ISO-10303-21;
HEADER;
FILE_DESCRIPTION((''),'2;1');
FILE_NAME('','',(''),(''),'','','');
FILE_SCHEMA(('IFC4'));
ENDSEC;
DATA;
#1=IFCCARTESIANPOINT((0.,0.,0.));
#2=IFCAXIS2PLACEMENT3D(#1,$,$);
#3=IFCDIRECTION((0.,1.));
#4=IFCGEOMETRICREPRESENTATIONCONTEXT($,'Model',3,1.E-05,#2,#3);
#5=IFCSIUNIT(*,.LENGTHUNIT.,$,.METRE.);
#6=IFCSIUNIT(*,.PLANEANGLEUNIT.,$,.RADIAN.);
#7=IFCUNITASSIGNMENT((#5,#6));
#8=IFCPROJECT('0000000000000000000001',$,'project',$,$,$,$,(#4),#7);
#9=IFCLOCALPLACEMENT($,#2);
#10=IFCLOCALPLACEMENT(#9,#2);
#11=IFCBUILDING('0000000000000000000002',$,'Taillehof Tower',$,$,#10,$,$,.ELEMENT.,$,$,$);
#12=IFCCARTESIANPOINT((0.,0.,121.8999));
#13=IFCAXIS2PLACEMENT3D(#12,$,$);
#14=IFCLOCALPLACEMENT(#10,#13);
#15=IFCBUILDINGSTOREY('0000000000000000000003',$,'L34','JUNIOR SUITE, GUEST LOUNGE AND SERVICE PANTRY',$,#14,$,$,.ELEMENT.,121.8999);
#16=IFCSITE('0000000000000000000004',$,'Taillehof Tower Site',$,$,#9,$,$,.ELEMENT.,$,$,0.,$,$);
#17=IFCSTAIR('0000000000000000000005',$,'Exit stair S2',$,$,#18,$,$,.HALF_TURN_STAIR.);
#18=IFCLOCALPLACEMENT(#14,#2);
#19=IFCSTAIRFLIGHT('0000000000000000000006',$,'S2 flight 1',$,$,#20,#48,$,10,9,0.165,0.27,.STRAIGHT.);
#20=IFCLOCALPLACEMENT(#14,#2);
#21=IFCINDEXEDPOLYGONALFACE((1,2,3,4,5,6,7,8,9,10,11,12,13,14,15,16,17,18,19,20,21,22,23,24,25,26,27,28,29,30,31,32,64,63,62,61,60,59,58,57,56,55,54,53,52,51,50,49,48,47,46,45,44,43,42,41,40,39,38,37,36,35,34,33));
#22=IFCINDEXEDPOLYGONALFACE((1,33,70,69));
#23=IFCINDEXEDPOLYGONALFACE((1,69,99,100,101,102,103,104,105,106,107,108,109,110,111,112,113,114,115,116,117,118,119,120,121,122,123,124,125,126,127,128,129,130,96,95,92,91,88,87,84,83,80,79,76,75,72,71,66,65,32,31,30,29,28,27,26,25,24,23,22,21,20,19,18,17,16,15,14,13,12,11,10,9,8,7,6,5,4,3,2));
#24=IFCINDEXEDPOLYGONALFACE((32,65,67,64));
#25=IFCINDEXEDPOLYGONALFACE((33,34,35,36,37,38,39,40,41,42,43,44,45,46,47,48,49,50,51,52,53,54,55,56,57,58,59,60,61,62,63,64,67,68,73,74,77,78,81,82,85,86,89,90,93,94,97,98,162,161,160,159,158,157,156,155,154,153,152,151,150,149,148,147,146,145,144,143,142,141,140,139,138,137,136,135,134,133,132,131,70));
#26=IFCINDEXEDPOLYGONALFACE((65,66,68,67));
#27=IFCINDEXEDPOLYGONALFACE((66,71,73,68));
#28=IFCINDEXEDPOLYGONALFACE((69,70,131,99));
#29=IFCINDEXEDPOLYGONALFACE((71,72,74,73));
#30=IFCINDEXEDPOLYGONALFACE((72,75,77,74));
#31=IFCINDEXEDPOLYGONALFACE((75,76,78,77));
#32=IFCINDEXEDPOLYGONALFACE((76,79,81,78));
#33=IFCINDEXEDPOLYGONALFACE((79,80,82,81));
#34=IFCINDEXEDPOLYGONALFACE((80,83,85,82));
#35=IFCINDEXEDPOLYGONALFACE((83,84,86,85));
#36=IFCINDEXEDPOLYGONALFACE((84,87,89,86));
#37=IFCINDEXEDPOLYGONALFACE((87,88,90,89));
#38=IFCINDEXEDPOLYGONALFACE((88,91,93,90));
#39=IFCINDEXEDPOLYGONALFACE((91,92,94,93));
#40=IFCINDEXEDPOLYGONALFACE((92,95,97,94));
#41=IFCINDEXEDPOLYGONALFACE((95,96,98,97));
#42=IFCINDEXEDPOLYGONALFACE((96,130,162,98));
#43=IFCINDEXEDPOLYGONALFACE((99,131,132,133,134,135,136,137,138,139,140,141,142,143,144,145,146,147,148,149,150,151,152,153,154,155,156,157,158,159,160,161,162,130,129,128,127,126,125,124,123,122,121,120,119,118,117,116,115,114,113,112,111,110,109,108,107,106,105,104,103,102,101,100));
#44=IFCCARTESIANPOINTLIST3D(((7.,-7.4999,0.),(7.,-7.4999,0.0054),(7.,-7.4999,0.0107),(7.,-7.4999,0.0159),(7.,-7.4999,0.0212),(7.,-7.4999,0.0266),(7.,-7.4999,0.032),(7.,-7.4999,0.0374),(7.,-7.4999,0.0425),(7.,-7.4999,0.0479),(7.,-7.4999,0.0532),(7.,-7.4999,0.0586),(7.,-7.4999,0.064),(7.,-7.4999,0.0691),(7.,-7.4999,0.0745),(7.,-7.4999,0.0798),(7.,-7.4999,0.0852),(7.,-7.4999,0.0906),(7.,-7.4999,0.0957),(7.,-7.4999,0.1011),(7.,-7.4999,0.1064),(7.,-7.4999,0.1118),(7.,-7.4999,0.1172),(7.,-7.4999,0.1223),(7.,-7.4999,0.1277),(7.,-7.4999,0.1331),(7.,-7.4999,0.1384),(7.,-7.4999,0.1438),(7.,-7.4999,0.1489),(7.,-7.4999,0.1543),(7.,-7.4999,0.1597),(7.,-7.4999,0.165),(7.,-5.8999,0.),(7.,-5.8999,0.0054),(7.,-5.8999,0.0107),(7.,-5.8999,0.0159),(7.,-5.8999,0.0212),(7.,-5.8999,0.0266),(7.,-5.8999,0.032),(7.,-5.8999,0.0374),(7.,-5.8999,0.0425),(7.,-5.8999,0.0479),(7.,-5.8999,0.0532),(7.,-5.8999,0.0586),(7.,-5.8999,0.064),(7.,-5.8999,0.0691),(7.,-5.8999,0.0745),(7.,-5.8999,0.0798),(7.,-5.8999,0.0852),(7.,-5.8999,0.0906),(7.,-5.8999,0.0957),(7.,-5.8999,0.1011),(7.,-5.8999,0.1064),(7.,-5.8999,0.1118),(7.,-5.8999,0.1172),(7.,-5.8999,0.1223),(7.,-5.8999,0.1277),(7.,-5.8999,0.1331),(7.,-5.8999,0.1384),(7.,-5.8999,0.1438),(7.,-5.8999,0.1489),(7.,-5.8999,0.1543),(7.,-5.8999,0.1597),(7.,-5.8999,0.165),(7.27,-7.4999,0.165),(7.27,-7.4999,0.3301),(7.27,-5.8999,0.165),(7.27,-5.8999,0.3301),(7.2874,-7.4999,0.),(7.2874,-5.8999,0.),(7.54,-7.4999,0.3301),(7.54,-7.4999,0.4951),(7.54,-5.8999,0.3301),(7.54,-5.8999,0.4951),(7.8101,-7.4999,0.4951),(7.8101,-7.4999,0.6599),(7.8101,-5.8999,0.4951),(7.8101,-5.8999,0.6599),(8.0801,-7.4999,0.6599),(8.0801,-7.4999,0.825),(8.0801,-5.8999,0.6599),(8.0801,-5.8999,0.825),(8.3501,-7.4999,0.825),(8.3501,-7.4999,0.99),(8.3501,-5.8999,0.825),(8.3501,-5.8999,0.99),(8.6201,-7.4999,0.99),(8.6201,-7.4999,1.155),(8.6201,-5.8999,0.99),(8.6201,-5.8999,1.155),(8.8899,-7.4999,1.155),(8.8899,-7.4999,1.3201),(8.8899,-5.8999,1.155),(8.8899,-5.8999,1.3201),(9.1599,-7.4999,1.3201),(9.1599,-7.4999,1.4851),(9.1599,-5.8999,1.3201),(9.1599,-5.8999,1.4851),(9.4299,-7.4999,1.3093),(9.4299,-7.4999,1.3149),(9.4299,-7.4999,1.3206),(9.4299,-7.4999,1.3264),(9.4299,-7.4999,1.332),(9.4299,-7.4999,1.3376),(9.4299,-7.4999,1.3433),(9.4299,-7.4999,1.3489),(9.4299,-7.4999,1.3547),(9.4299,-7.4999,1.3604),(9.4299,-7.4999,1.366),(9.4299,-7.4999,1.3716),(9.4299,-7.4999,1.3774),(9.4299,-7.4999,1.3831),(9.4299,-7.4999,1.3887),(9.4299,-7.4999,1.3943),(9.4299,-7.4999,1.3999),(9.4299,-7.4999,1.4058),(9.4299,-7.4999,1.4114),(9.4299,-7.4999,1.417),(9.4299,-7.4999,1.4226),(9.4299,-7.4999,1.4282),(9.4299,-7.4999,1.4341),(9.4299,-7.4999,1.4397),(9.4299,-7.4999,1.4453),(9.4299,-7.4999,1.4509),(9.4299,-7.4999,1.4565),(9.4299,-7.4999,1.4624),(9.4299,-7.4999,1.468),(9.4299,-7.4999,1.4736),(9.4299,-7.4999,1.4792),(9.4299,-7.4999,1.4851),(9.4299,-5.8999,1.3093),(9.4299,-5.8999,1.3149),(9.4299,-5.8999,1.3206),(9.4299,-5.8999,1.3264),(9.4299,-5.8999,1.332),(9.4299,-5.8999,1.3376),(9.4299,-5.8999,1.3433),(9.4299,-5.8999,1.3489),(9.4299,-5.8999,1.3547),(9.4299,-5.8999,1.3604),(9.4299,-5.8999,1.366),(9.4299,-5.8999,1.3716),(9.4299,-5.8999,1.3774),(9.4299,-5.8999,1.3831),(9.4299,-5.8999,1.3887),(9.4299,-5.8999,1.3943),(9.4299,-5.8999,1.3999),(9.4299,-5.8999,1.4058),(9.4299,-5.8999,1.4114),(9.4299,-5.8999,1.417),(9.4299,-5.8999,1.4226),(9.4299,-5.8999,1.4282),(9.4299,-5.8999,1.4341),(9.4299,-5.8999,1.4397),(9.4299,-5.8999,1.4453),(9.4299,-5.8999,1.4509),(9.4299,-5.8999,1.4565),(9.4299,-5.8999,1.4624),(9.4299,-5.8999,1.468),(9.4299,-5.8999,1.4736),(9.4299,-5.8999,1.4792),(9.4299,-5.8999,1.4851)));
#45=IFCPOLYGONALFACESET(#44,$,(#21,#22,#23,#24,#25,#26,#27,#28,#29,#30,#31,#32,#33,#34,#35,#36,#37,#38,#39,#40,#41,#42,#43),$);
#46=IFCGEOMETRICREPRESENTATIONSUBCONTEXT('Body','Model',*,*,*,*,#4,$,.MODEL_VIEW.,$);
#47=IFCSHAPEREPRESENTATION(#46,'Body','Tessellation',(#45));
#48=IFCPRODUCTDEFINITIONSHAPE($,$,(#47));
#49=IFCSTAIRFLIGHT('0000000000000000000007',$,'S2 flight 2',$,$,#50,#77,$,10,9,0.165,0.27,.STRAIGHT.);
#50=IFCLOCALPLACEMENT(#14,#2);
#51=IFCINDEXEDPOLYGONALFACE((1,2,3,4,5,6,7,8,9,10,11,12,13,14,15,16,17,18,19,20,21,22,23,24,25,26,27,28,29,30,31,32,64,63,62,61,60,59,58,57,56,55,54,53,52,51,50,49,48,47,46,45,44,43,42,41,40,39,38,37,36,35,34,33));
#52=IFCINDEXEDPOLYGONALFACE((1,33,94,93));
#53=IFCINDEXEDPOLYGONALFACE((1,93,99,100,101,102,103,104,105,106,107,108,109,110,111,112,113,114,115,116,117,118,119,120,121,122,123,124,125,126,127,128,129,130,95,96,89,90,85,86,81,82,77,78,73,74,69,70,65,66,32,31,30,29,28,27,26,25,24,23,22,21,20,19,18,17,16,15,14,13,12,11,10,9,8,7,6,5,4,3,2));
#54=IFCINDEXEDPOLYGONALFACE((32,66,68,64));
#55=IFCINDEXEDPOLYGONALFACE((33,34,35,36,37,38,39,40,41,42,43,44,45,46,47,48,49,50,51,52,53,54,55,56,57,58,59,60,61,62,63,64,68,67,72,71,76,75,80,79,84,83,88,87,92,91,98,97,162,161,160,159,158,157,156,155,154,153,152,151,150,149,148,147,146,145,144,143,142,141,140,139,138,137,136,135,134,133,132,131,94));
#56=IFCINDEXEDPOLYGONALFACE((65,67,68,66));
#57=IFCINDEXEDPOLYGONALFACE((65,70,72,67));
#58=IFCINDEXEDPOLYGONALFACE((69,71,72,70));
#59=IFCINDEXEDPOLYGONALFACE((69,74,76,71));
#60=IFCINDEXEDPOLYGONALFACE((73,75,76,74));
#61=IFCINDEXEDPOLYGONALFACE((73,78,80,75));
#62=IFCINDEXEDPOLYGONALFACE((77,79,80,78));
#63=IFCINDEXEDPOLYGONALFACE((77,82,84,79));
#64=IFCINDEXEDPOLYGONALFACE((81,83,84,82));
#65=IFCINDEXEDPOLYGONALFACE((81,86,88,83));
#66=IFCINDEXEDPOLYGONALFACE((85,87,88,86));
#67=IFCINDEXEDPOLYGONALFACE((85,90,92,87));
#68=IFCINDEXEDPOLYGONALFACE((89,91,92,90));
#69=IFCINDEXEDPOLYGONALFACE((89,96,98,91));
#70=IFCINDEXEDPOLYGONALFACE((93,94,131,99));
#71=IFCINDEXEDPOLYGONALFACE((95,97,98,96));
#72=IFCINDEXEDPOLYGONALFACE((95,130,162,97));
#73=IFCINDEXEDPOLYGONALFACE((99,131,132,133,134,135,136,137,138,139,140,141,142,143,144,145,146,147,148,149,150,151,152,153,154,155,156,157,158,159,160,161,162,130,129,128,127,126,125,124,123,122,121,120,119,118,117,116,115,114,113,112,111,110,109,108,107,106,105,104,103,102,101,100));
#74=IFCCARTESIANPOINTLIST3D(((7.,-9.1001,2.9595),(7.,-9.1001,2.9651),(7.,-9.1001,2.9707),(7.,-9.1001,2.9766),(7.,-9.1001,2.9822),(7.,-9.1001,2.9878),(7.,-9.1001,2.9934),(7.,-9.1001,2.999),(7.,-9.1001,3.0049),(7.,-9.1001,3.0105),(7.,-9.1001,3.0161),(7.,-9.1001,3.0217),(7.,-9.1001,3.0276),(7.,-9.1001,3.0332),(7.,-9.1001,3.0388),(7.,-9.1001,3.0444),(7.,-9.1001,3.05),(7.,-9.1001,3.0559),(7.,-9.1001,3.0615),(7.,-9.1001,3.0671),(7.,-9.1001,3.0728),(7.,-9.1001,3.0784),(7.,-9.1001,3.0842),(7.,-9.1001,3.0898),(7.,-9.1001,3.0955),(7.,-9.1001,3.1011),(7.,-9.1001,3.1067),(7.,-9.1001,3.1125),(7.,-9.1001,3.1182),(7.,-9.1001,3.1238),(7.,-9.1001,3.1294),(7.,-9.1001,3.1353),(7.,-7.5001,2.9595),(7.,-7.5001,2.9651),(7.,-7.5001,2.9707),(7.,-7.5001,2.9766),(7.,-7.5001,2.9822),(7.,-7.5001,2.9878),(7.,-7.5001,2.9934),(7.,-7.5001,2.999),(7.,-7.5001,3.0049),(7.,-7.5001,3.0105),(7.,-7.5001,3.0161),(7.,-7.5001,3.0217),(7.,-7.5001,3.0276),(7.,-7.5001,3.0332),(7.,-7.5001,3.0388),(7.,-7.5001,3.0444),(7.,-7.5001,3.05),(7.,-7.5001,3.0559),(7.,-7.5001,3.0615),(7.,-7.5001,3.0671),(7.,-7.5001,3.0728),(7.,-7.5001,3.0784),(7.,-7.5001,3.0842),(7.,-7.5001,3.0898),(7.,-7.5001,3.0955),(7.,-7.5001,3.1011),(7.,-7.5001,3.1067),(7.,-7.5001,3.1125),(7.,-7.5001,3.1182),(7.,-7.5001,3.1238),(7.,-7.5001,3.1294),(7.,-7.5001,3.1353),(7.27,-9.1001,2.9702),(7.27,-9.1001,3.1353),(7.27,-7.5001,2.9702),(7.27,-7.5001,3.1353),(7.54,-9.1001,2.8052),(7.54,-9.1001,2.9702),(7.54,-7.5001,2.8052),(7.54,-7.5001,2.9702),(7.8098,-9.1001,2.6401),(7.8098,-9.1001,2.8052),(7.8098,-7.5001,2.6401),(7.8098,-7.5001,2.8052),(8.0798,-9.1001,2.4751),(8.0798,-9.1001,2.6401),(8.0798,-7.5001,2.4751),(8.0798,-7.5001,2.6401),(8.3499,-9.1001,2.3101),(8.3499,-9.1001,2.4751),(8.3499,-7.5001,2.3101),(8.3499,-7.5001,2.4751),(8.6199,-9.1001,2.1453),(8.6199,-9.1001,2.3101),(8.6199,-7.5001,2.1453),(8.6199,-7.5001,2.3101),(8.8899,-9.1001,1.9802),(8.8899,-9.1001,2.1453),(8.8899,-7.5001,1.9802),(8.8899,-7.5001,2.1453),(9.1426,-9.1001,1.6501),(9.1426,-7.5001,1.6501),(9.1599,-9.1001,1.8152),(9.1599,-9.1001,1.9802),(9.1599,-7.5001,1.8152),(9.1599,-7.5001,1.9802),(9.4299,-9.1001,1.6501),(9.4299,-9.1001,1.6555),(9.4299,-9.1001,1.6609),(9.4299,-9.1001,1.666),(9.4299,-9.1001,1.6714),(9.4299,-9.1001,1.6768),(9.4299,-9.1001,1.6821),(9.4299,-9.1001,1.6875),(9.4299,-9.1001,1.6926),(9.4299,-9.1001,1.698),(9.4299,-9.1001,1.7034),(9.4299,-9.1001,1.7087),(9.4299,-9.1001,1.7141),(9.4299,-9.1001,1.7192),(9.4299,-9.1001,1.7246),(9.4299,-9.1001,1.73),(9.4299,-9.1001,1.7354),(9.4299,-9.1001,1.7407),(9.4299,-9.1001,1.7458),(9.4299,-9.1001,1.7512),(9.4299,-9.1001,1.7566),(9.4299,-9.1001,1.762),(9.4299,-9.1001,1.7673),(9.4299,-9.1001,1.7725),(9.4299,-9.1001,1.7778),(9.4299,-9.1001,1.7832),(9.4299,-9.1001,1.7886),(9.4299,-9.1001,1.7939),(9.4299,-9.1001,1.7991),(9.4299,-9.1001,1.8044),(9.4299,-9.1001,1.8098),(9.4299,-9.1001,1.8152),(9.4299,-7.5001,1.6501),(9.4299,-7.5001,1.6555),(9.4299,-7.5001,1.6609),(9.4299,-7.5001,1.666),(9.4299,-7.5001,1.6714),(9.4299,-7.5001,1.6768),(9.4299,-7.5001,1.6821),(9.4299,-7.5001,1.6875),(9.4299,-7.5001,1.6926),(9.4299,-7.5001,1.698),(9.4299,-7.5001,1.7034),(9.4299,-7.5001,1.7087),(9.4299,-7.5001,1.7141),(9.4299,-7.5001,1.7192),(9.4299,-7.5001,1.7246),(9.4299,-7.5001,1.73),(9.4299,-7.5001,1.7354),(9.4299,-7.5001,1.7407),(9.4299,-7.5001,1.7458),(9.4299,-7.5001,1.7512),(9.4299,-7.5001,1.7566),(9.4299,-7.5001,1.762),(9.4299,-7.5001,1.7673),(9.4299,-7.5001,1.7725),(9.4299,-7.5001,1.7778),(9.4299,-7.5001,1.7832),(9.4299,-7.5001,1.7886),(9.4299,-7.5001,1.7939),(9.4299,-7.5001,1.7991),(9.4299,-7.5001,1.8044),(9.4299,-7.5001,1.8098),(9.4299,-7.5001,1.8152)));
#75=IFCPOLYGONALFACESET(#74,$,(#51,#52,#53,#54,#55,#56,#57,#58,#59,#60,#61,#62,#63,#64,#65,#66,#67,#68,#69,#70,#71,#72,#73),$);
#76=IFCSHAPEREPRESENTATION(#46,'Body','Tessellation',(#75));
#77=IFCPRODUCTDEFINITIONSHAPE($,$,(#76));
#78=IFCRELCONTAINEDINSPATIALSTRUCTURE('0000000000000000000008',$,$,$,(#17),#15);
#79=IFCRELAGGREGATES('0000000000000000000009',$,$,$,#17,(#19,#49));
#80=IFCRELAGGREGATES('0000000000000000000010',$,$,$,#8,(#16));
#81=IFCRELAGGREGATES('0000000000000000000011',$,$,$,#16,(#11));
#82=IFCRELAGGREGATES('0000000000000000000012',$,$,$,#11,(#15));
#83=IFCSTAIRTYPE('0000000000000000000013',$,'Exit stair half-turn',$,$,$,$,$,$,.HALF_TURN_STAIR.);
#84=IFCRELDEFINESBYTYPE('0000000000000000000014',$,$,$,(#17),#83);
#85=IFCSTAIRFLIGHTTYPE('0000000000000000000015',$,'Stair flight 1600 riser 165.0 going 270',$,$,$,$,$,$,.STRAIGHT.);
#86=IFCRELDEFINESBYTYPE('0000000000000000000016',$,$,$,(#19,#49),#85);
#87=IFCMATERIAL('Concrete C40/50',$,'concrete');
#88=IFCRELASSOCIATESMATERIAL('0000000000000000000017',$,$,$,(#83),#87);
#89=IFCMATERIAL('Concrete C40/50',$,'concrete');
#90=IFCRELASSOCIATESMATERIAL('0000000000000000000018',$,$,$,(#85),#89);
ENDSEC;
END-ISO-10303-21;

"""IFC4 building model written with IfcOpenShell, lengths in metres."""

from ifc_helpers import new_model, si_unit, direction, frame, origin, place, context, subcontext, project, spatial, polyline, outline, extrude, material, type_object, element, aggregate, save


model = new_model("IFC4")

# Units and contexts
model_context = context("Model", 3, precision=1e-05, world=origin(), true_north=direction((0.0, 1.0)))
body_context = subcontext(model_context, "Body", "Model", "MODEL_VIEW")
ifc_project = project(units=[si_unit("LENGTHUNIT", "METRE"), si_unit("PLANEANGLEUNIT", "RADIAN")], contexts=[model_context])

# Site, building, storey
site_placement = place(None, origin())
site = spatial("IfcSite", under=ifc_project, at=site_placement, Name="Taillehof Tower Site", CompositionType="ELEMENT", RefElevation=0.0)
building_placement = place(site_placement, origin())
building = spatial("IfcBuilding", under=site, at=building_placement, Name="Taillehof Tower", CompositionType="ELEMENT")
storey_placement = place(building_placement, frame((0.0, 0.0, 121.8999)))
storey = spatial("IfcBuildingStorey", under=building, at=storey_placement, Name="L34", Description="JUNIOR SUITE, GUEST LOUNGE AND SERVICE PANTRY", CompositionType="ELEMENT", Elevation=121.8999)

# Stair, stair flights
ifc_material_1 = material(Name="Concrete C40/50", Category="concrete")
stair_type = type_object("IfcStairType", Name="Exit stair half-turn", PredefinedType="HALF_TURN_STAIR", material=ifc_material_1)
stair_placement = place(storey_placement, origin())
stair = element("IfcStair", 1, at=stair_placement, inside=storey, type_object=stair_type, Name="Exit stair S2", PredefinedType="HALF_TURN_STAIR")
ifc_material_2 = material(Name="Concrete C40/50", Category="concrete")
stair_flight_type = type_object("IfcStairFlightType", Name="Stair flight 1600 riser 165.0 going 270", PredefinedType="STRAIGHT", material=ifc_material_2)
stair_flight_1_placement = place(storey_placement, frame((7.0, -6.7, 0.0), z_axis=(0.0, 0.0, 1.0), x_axis=(1.0, 0.0, 0.0)))
stair_flight_1 = element("IfcStairFlight", 2, at=stair_flight_1_placement, type_object=stair_flight_type, Name="S2 flight 1", NumberOfRisers=10, NumberOfTreads=9, PredefinedType="STRAIGHT", RiserHeight=0.165, TreadLength=0.27, context=body_context, shape_type="SweptSolid", body=[
    extrude(outline(polyline([(0.0, 0.0), (0.0, 0.0054), (0.0, 0.0107), (0.0, 0.0159), (0.0, 0.0212), (0.0, 0.0266), (0.0, 0.032), (0.0, 0.0374), (0.0, 0.0425), (0.0, 0.0479), (0.0, 0.0532), (0.0, 0.0586), (0.0, 0.064), (0.0, 0.0691), (0.0, 0.0745), (0.0, 0.0798), (0.0, 0.0852), (0.0, 0.0906), (0.0, 0.0957), (0.0, 0.1011), (0.0, 0.1064), (0.0, 0.1118), (0.0, 0.1172), (0.0, 0.1223), (0.0, 0.1277), (0.0, 0.1331), (0.0, 0.1384), (0.0, 0.1438), (0.0, 0.1489), (0.0, 0.1543), (0.0, 0.1597), (0.0, 0.165), (0.27, 0.165), (0.27, 0.3301), (0.54, 0.3301), (0.54, 0.4951), (0.8101, 0.4951), (0.8101, 0.6599), (1.0801, 0.6599), (1.0801, 0.825), (1.3501, 0.825), (1.3501, 0.99), (1.6201, 0.99), (1.6201, 1.155), (1.8899, 1.155), (1.8899, 1.3201), (2.1599, 1.3201), (2.1599, 1.4851), (2.4299, 1.4851), (2.4299, 1.4792), (2.4299, 1.4736), (2.4299, 1.468), (2.4299, 1.4624), (2.4299, 1.4565), (2.4299, 1.4509), (2.4299, 1.4453), (2.4299, 1.4397), (2.4299, 1.4341), (2.4299, 1.4282), (2.4299, 1.4226), (2.4299, 1.417), (2.4299, 1.4114), (2.4299, 1.4058), (2.4299, 1.3999), (2.4299, 1.3943), (2.4299, 1.3887), (2.4299, 1.3831), (2.4299, 1.3774), (2.4299, 1.3716), (2.4299, 1.366), (2.4299, 1.3604), (2.4299, 1.3547), (2.4299, 1.3489), (2.4299, 1.3433), (2.4299, 1.3376), (2.4299, 1.332), (2.4299, 1.3264), (2.4299, 1.3206), (2.4299, 1.3149), (2.4299, 1.3093), (0.2874, 0.0), (0.0, 0.0)])), frame((0.0, 0.8, 0.0), z_axis=(0.0, -1.0, 0.0), x_axis=(1.0, 0.0, 0.0)), (0.0, 0.0, 1.0), 1.6),
])
stair_flight_2_placement = place(storey_placement, frame((9.4299, -8.3, 1.6501), z_axis=(0.0, 0.0, 1.0), x_axis=(-1.0, 0.0, 0.0)))
stair_flight_2 = element("IfcStairFlight", 3, at=stair_flight_2_placement, type_object=stair_flight_type, Name="S2 flight 2", NumberOfRisers=10, NumberOfTreads=9, PredefinedType="STRAIGHT", RiserHeight=0.165, TreadLength=0.27, context=body_context, shape_type="SweptSolid", body=[
    extrude(outline(polyline([(0.0, 0.0), (0.0, 0.0054), (0.0, 0.0107), (0.0, 0.0159), (0.0, 0.0212), (0.0, 0.0266), (0.0, 0.032), (0.0, 0.0374), (0.0, 0.0425), (0.0, 0.0479), (0.0, 0.0532), (0.0, 0.0586), (0.0, 0.064), (0.0, 0.0691), (0.0, 0.0745), (0.0, 0.0798), (0.0, 0.0852), (0.0, 0.0906), (0.0, 0.0957), (0.0, 0.1011), (0.0, 0.1064), (0.0, 0.1118), (0.0, 0.1172), (0.0, 0.1223), (0.0, 0.1277), (0.0, 0.1331), (0.0, 0.1384), (0.0, 0.1438), (0.0, 0.1489), (0.0, 0.1543), (0.0, 0.1597), (0.0, 0.165), (0.27, 0.165), (0.27, 0.3301), (0.54, 0.3301), (0.54, 0.4951), (0.8101, 0.4951), (0.8101, 0.6599), (1.0801, 0.6599), (1.0801, 0.825), (1.3501, 0.825), (1.3501, 0.99), (1.6201, 0.99), (1.6201, 1.155), (1.8899, 1.155), (1.8899, 1.3201), (2.1599, 1.3201), (2.1599, 1.4851), (2.4299, 1.4851), (2.4299, 1.4792), (2.4299, 1.4736), (2.4299, 1.468), (2.4299, 1.4624), (2.4299, 1.4565), (2.4299, 1.4509), (2.4299, 1.4453), (2.4299, 1.4397), (2.4299, 1.4341), (2.4299, 1.4282), (2.4299, 1.4226), (2.4299, 1.417), (2.4299, 1.4114), (2.4299, 1.4058), (2.4299, 1.3999), (2.4299, 1.3943), (2.4299, 1.3887), (2.4299, 1.3831), (2.4299, 1.3774), (2.4299, 1.3716), (2.4299, 1.366), (2.4299, 1.3604), (2.4299, 1.3547), (2.4299, 1.3489), (2.4299, 1.3433), (2.4299, 1.3376), (2.4299, 1.332), (2.4299, 1.3264), (2.4299, 1.3206), (2.4299, 1.3149), (2.4299, 1.3093), (0.2874, 0.0), (0.0, 0.0)])), frame((0.0, 0.8, 0.0), z_axis=(0.0, -1.0, 0.0), x_axis=(1.0, 0.0, 0.0)), (0.0, 0.0, 1.0), 1.6),
])
aggregate(stair, [stair_flight_1, stair_flight_2])

save(model, "model.ifc")
